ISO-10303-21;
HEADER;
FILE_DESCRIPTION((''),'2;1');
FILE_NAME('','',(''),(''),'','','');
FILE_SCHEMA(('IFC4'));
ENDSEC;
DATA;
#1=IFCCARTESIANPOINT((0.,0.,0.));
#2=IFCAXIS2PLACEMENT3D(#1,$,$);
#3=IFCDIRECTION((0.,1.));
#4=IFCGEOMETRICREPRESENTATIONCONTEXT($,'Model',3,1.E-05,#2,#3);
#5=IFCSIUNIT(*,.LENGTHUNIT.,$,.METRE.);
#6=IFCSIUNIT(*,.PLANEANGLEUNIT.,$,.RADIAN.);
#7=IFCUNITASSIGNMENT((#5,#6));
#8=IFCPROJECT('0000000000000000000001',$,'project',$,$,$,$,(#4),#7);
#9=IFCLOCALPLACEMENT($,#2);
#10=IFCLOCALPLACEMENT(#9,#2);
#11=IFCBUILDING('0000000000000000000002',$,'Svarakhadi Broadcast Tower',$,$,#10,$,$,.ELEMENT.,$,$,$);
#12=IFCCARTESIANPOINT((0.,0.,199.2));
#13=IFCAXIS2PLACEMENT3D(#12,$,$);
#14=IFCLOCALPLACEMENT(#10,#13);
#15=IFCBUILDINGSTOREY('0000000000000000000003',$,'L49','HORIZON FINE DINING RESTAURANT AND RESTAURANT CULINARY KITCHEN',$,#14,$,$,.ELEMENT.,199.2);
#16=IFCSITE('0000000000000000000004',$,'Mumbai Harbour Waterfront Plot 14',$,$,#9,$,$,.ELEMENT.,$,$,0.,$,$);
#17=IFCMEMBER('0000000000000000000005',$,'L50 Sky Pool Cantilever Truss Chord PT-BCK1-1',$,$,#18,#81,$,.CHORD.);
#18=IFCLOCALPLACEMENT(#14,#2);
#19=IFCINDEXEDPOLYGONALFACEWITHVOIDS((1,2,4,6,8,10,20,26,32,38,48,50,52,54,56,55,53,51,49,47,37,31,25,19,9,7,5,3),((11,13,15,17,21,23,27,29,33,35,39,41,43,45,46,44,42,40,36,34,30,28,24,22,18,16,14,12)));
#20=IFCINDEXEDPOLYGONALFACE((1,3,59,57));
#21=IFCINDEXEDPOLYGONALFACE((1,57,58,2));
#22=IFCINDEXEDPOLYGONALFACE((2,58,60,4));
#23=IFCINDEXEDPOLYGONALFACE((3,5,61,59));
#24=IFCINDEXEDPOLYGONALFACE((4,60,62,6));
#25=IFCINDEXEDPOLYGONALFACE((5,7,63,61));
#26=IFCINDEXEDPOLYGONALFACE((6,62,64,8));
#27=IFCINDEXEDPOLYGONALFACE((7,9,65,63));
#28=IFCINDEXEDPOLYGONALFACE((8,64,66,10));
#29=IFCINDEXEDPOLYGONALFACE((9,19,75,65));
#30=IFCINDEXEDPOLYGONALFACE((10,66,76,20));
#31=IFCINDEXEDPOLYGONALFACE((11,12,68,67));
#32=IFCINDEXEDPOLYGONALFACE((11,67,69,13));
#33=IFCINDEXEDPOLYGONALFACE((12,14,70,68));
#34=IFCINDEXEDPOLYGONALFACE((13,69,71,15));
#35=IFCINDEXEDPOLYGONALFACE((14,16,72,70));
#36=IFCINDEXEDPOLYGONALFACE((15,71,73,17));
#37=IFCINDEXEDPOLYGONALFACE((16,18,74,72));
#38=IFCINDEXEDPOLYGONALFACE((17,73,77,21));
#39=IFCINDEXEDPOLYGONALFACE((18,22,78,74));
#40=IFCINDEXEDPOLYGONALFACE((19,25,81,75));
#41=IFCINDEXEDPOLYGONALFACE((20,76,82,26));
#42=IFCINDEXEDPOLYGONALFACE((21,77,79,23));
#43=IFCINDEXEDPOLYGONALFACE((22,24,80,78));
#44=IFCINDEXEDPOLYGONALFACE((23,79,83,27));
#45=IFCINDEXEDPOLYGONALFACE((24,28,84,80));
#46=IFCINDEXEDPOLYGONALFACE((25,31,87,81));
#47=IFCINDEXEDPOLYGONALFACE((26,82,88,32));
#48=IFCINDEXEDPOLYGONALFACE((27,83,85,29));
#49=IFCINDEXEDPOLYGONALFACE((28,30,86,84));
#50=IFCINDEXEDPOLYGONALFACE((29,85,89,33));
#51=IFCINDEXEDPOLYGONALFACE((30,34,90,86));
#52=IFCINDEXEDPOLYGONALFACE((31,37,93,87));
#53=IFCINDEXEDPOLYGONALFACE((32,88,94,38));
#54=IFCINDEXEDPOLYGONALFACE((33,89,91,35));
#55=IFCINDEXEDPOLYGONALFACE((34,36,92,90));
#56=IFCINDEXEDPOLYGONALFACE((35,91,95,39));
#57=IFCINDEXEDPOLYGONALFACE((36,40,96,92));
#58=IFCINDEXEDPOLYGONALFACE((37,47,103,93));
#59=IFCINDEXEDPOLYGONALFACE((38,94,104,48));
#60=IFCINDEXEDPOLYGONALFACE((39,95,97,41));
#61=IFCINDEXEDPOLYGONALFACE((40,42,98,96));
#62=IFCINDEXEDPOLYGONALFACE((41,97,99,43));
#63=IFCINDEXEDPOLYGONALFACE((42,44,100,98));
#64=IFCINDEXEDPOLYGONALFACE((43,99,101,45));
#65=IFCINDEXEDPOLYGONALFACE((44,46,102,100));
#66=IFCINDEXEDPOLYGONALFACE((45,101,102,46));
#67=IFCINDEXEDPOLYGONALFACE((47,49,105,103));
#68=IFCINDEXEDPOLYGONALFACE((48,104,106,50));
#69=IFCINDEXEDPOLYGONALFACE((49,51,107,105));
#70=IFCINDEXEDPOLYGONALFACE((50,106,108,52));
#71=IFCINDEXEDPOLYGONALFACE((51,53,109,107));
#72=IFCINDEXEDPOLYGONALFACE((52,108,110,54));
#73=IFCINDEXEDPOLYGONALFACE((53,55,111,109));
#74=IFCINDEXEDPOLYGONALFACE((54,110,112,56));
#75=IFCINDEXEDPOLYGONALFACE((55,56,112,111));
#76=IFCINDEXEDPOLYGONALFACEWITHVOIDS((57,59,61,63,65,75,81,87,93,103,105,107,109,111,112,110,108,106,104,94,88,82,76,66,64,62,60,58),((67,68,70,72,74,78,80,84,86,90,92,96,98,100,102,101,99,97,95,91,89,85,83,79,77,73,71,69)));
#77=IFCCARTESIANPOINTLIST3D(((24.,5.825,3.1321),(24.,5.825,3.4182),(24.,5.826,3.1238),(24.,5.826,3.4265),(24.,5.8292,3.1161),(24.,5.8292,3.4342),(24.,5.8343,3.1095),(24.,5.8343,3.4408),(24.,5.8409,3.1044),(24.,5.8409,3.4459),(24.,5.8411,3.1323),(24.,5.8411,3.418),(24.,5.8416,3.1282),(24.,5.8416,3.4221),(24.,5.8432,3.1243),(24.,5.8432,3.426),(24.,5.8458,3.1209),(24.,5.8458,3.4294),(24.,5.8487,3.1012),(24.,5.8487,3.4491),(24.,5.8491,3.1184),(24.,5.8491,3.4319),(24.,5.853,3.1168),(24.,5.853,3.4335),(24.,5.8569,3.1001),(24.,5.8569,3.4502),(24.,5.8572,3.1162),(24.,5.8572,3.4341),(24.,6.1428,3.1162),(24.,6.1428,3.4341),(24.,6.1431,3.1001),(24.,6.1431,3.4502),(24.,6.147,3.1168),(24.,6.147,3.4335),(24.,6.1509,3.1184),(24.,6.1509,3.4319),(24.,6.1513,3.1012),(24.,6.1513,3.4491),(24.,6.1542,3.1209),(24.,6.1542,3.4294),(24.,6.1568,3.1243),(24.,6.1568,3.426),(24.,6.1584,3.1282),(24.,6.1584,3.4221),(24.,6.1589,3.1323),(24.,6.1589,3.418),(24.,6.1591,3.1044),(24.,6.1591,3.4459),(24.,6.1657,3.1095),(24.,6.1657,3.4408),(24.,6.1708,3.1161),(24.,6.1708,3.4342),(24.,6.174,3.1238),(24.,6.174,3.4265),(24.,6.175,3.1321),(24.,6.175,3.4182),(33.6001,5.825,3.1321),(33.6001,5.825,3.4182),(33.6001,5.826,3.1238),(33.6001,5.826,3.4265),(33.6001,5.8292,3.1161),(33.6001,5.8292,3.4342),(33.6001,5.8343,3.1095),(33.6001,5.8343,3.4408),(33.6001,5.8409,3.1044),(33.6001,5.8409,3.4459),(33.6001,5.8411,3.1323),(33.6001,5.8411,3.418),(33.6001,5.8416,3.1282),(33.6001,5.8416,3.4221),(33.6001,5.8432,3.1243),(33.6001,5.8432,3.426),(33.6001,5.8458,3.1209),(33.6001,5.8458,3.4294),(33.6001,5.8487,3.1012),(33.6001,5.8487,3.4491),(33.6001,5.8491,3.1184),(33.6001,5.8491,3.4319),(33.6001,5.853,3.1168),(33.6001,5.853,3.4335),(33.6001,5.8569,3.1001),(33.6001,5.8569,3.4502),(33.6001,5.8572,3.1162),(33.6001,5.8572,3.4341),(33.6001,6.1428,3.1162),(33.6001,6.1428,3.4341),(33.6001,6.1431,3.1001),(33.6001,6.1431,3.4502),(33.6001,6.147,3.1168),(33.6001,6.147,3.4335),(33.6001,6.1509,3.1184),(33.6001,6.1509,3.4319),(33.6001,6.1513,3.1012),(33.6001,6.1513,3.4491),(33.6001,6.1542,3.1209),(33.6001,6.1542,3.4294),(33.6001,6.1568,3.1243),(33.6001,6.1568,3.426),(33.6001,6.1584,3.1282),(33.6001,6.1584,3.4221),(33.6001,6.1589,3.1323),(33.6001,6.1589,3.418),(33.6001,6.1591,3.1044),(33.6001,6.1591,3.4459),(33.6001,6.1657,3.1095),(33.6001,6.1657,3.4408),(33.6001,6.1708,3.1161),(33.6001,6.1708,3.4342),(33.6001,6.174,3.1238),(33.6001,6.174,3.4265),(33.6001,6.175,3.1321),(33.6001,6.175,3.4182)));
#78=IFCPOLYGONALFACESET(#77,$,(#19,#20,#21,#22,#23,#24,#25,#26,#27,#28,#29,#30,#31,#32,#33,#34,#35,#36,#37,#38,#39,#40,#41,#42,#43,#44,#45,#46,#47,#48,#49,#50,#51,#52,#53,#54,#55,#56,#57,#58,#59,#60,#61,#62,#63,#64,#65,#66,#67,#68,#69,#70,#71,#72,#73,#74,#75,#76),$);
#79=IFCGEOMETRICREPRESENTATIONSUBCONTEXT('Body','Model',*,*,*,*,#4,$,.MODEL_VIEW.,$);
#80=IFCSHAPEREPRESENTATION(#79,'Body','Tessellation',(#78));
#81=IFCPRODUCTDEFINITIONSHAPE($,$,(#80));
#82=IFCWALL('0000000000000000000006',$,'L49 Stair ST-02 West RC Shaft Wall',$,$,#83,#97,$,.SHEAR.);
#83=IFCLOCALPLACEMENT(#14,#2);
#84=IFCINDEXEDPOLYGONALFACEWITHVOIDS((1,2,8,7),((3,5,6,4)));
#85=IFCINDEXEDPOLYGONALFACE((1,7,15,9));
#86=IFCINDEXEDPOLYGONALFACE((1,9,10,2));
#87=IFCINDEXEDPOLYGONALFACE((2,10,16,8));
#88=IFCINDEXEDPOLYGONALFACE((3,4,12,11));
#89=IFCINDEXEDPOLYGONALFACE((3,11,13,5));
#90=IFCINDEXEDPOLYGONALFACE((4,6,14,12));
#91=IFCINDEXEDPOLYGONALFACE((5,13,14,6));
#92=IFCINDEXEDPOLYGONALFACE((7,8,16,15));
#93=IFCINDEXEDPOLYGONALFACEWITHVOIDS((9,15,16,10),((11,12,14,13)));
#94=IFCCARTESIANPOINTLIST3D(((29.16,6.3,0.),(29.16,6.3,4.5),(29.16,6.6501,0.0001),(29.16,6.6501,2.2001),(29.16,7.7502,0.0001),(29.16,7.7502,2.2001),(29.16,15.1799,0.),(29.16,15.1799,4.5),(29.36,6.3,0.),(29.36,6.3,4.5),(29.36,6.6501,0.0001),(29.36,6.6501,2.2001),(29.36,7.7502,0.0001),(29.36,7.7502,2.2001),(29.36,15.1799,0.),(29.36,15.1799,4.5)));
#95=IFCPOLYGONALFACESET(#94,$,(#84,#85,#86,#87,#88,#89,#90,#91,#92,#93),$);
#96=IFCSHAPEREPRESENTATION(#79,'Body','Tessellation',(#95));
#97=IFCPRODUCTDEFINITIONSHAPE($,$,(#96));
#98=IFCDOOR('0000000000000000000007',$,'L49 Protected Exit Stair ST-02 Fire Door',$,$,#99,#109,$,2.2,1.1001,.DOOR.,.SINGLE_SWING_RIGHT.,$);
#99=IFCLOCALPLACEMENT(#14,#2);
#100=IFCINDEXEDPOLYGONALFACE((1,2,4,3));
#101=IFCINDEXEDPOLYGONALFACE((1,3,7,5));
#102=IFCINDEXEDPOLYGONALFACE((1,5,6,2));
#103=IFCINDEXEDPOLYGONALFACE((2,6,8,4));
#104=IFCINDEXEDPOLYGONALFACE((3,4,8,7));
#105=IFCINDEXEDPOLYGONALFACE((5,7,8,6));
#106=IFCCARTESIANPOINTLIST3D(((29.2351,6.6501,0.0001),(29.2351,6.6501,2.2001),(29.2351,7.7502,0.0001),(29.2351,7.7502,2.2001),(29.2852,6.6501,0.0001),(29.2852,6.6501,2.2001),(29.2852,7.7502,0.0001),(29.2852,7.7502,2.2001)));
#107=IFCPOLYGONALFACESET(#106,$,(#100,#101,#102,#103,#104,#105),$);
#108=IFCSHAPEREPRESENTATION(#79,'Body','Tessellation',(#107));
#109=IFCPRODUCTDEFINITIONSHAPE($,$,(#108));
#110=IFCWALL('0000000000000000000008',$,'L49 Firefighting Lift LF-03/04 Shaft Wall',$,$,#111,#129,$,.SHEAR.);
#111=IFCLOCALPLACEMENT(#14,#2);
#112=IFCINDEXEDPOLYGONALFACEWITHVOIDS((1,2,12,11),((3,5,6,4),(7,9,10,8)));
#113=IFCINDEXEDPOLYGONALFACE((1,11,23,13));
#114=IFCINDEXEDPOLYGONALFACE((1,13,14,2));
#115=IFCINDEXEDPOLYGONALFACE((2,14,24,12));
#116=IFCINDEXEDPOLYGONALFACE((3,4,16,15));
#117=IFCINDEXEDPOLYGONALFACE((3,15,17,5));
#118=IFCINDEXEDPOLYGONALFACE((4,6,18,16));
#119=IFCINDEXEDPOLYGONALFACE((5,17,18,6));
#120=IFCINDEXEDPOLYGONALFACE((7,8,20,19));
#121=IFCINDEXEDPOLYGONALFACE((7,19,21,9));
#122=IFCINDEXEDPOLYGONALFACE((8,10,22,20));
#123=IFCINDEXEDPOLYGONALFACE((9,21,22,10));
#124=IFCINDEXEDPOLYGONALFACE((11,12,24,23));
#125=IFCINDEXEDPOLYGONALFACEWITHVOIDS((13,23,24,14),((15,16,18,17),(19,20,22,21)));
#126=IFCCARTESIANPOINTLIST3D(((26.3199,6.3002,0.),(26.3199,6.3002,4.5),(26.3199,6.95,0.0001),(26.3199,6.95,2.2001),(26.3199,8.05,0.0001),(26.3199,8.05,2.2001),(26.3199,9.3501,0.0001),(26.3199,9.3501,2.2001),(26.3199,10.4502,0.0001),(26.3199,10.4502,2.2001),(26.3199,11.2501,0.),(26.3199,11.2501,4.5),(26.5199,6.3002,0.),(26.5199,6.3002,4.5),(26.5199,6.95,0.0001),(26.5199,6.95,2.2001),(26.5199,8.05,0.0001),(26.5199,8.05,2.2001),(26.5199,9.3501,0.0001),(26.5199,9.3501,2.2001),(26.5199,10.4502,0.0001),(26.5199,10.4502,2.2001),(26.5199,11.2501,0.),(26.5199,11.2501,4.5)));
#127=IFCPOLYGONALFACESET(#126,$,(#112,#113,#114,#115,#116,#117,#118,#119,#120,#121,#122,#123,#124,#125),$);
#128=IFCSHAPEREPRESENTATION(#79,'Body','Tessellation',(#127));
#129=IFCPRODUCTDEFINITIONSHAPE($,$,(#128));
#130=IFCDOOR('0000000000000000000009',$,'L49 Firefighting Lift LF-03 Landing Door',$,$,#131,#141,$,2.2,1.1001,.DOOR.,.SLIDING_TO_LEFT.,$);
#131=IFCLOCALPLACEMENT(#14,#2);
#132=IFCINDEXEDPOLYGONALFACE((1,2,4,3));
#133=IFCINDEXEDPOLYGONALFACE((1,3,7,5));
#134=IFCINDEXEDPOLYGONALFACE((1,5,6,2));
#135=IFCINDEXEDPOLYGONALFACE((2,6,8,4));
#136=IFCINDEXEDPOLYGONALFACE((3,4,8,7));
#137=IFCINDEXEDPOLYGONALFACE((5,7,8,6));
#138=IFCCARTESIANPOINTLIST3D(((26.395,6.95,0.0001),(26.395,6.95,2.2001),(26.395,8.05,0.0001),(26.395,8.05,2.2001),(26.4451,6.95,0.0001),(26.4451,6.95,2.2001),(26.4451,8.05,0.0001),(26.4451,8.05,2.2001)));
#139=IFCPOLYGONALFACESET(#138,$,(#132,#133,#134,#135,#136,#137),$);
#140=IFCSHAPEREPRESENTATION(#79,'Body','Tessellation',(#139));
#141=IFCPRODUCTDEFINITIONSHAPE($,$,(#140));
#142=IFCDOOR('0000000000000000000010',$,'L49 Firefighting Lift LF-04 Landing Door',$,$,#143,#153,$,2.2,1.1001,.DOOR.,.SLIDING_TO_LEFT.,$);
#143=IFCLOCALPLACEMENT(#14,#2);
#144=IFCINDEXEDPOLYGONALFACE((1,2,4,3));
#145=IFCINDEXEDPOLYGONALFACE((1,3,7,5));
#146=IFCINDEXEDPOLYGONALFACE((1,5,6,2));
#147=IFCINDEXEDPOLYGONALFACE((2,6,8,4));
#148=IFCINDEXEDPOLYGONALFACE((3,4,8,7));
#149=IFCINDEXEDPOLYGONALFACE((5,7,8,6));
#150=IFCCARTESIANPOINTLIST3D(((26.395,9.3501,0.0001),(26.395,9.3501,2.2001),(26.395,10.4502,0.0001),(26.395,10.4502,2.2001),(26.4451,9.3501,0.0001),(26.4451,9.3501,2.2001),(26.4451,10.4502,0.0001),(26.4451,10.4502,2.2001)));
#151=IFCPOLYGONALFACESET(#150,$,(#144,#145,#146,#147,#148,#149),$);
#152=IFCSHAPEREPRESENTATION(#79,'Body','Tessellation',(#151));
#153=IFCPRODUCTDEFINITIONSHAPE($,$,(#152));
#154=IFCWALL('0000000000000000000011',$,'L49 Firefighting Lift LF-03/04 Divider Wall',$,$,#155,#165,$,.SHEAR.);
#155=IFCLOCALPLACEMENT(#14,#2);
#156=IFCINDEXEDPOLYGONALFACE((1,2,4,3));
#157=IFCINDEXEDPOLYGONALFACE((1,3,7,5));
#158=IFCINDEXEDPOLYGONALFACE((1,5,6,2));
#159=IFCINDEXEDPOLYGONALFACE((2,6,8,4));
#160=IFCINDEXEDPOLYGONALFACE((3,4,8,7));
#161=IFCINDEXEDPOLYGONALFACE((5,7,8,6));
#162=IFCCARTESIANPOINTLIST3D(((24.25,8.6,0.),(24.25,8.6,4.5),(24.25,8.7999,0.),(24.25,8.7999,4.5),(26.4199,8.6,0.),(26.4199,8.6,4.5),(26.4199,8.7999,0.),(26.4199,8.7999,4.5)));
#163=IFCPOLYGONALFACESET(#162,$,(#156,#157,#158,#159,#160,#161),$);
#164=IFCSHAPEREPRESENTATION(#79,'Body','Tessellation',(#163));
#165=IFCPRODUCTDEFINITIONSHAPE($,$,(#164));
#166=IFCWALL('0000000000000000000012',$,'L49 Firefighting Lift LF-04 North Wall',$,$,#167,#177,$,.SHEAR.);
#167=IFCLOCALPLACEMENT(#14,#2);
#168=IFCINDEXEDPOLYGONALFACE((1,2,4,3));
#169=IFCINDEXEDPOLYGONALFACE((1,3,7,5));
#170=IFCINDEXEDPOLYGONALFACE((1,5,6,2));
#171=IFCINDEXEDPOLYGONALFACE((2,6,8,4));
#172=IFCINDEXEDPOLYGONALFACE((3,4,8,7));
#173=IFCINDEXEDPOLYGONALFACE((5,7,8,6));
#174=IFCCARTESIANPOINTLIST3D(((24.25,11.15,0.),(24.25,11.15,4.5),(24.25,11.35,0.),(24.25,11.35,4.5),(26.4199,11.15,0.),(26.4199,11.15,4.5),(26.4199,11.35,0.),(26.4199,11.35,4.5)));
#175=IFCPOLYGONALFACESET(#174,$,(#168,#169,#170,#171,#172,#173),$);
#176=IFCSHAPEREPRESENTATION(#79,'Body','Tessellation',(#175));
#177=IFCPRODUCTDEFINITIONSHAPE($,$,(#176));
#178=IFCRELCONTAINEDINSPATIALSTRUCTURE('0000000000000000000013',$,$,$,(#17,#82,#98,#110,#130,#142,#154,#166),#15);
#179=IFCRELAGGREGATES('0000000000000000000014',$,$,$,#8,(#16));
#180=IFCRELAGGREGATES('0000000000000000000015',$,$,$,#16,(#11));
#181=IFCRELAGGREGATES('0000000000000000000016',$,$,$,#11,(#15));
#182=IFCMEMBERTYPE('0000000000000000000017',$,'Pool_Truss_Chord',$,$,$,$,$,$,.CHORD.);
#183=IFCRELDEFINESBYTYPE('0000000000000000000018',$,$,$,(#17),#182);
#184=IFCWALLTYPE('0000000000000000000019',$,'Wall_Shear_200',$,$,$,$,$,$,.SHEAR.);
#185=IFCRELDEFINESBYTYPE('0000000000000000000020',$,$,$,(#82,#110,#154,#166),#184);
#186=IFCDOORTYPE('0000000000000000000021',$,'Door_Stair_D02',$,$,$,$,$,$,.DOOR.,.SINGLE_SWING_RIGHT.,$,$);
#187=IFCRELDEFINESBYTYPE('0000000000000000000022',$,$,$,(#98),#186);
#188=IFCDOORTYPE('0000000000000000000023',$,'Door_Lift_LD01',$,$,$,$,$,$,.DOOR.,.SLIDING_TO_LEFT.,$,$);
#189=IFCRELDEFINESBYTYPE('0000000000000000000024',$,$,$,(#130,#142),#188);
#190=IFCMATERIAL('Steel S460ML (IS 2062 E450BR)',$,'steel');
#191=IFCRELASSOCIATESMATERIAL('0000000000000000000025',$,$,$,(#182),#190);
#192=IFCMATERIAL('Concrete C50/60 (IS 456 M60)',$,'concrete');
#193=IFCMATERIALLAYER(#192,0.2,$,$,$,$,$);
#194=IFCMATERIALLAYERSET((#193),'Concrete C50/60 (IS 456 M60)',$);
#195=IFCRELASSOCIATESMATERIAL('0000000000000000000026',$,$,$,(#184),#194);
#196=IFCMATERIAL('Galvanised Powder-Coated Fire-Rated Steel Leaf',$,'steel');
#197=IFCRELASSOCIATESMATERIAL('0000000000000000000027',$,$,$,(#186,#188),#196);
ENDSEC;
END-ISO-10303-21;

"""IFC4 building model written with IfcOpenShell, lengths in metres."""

from ifc_helpers import new_model, si_unit, direction, frame, frame_2d, origin, origin_2d, place, context, subcontext, project, spatial, rectangle, hollow_rectangle, extrude, material, layer, layer_set, material_profile, profile_set, type_object, element, fill, save


model = new_model("IFC4")

# Units and contexts
model_context = context("Model", 3, precision=1e-05, world=origin(), true_north=direction((0.0, 1.0)))
body_context = subcontext(model_context, "Body", "Model", "MODEL_VIEW")
ifc_project = project(units=[si_unit("LENGTHUNIT", "METRE"), si_unit("PLANEANGLEUNIT", "RADIAN")], contexts=[model_context])

# Site, building, storey
site_placement = place(None, origin())
site = spatial("IfcSite", under=ifc_project, at=site_placement, Name="Mumbai Harbour Waterfront Plot 14", CompositionType="ELEMENT", RefElevation=0.0)
building_placement = place(site_placement, origin())
building = spatial("IfcBuilding", under=site, at=building_placement, Name="Svarakhadi Broadcast Tower", CompositionType="ELEMENT")
storey_placement = place(building_placement, frame((0.0, 0.0, 199.2)))
storey = spatial("IfcBuildingStorey", under=building, at=storey_placement, Name="L49", Description="HORIZON FINE DINING RESTAURANT AND RESTAURANT CULINARY KITCHEN", CompositionType="ELEMENT", Elevation=199.2)

# Shared definitions
ifc_material_1 = material(Name="Concrete C50/60 (IS 456 M60)", Category="concrete")

# Shared definitions
ifc_material_2 = material(Name="Steel S460ML (IS 2062 E450BR)", Category="steel")

# Member
ifc_material_profile_1 = material_profile(ifc_material_2, hollow_rectangle(XDim=0.3501, YDim=0.3501, WallThickness=0.0161, InnerFilletRadius=0.0161, OuterFilletRadius=0.032, at=origin_2d()), Name="SHS 350x350x16")
ifc_profile_set_1 = profile_set([ifc_material_profile_1], Name="Steel S460ML (IS 2062 E450BR)")
member_type = type_object("IfcMemberType", Name="Pool_Truss_Chord", PredefinedType="CHORD", material=ifc_profile_set_1)
member_placement = place(storey_placement, frame((24.0, 6.0, 3.2751), z_axis=(1.0, 0.0, 0.0), x_axis=(0.0, 1.0, 0.0)))
element("IfcMember", 1, at=member_placement, inside=storey, type_object=member_type, Name="L50 Sky Pool Cantilever Truss Chord PT-BCK1-1", PredefinedType="CHORD", context=body_context, shape_type="SweptSolid", body=[
    extrude(hollow_rectangle(XDim=0.3501, YDim=0.3501, WallThickness=0.0161, InnerFilletRadius=0.0161, OuterFilletRadius=0.032, at=origin_2d()), origin(), (0.0, 0.0, 1.0), 9.6001),
])

# Wall, opening, door
ifc_layer_1 = layer(ifc_material_1, 0.2)
ifc_layer_set_1 = layer_set([ifc_layer_1], Name="Concrete C50/60 (IS 456 M60)")
wall_type_1 = type_object("IfcWallType", Name="Wall_Shear_200", PredefinedType="SHEAR", material=ifc_layer_set_1)
wall_1_placement = place(storey_placement, frame((29.26, 6.3, 0.0), z_axis=(0.0, 0.0, 1.0), x_axis=(0.0, 1.0, 0.0)))
wall_1 = element("IfcWall", 2, at=wall_1_placement, inside=storey, type_object=wall_type_1, Name="L49 Stair ST-02 West RC Shaft Wall", PredefinedType="SHEAR", context=body_context, shape_type="SweptSolid", body=[
    extrude(rectangle(XDim=8.8799, YDim=0.2, at=frame_2d((4.4399, 0.0))), origin(), (0.0, 0.0, 1.0), 4.5),
])
opening_1_placement = place(wall_1_placement, frame((0.3501, 0.0, 0.0)))
opening_1 = element("IfcOpeningElement", 3, at=opening_1_placement, cuts=wall_1, PredefinedType="OPENING", context=body_context, shape_type="SweptSolid", body=[
    extrude(rectangle(XDim=1.1001, YDim=2.2, at=frame_2d((0.55, 1.1001))), frame((0.0, 0.1099, 0.0), z_axis=(0.0, -1.0, 0.0), x_axis=(1.0, 0.0, 0.0)), (0.0, 0.0, 1.0), 0.22),
])
ifc_material_3 = material(Name="Galvanised Powder-Coated Fire-Rated Steel Leaf", Category="steel")
door_type_1 = type_object("IfcDoorType", Name="Door_Stair_D02", OperationType="SINGLE_SWING_RIGHT", PredefinedType="DOOR", material=ifc_material_3)
door_1_placement = place(opening_1_placement, origin())
door_1 = element("IfcDoor", 4, at=door_1_placement, inside=storey, type_object=door_type_1, Name="L49 Protected Exit Stair ST-02 Fire Door", OperationType="SINGLE_SWING_RIGHT", OverallHeight=2.2, OverallWidth=1.1001, PredefinedType="DOOR", context=body_context, shape_type="SweptSolid", body=[
    extrude(rectangle(XDim=1.1001, YDim=2.2, at=frame_2d((0.55, 1.1001))), frame((0.0, 0.0249, 0.0), z_axis=(0.0, -1.0, 0.0), x_axis=(1.0, 0.0, 0.0)), (0.0, 0.0, 1.0), 0.05),
])
fill(opening_1, door_1)

# Wall, openings, doors
wall_2_placement = place(storey_placement, frame((26.4199, 6.3, 0.0), z_axis=(0.0, 0.0, 1.0), x_axis=(0.0, 1.0, 0.0)))
wall_2 = element("IfcWall", 5, at=wall_2_placement, inside=storey, type_object=wall_type_1, Name="L49 Firefighting Lift LF-03/04 Shaft Wall", PredefinedType="SHEAR", context=body_context, shape_type="SweptSolid", body=[
    extrude(rectangle(XDim=4.95, YDim=0.2, at=frame_2d((2.4751, 0.0))), origin(), (0.0, 0.0, 1.0), 4.5),
])
opening_2_placement = place(wall_2_placement, frame((0.6499, 0.0, 0.0)))
opening_2 = element("IfcOpeningElement", 6, at=opening_2_placement, cuts=wall_2, PredefinedType="OPENING", context=body_context, shape_type="SweptSolid", body=[
    extrude(rectangle(XDim=1.1001, YDim=2.2, at=frame_2d((0.55, 1.1001))), frame((0.0, 0.1099, 0.0), z_axis=(0.0, -1.0, 0.0), x_axis=(1.0, 0.0, 0.0)), (0.0, 0.0, 1.0), 0.22),
])
opening_3_placement = place(wall_2_placement, frame((3.05, 0.0, 0.0)))
opening_3 = element("IfcOpeningElement", 7, at=opening_3_placement, cuts=wall_2, PredefinedType="OPENING", context=body_context, shape_type="SweptSolid", body=[
    extrude(rectangle(XDim=1.1001, YDim=2.2, at=frame_2d((0.55, 1.1001))), frame((0.0, 0.1099, 0.0), z_axis=(0.0, -1.0, 0.0), x_axis=(1.0, 0.0, 0.0)), (0.0, 0.0, 1.0), 0.22),
])
door_type_2 = type_object("IfcDoorType", Name="Door_Lift_LD01", OperationType="SLIDING_TO_LEFT", PredefinedType="DOOR", material=ifc_material_3)
door_2_placement = place(opening_2_placement, origin())
door_2 = element("IfcDoor", 8, at=door_2_placement, inside=storey, type_object=door_type_2, Name="L49 Firefighting Lift LF-03 Landing Door", OperationType="SLIDING_TO_LEFT", OverallHeight=2.2, OverallWidth=1.1001, PredefinedType="DOOR", context=body_context, shape_type="SweptSolid", body=[
    extrude(rectangle(XDim=1.1001, YDim=2.2, at=frame_2d((0.55, 1.1001))), frame((0.0, 0.0249, 0.0), z_axis=(0.0, -1.0, 0.0), x_axis=(1.0, 0.0, 0.0)), (0.0, 0.0, 1.0), 0.05),
])
fill(opening_2, door_2)
door_3_placement = place(opening_3_placement, origin())
door_3 = element("IfcDoor", 9, at=door_3_placement, inside=storey, type_object=door_type_2, Name="L49 Firefighting Lift LF-04 Landing Door", OperationType="SLIDING_TO_LEFT", OverallHeight=2.2, OverallWidth=1.1001, PredefinedType="DOOR", context=body_context, shape_type="SweptSolid", body=[
    extrude(rectangle(XDim=1.1001, YDim=2.2, at=frame_2d((0.55, 1.1001))), frame((0.0, 0.0249, 0.0), z_axis=(0.0, -1.0, 0.0), x_axis=(1.0, 0.0, 0.0)), (0.0, 0.0, 1.0), 0.05),
])
fill(opening_3, door_3)

# Walls
for number, where, z_axis, x_axis, name in (
    (10, (24.25, 8.7, 0.0), (0.0, 0.0, 1.0), (1.0, 0.0, 0.0), "L49 Firefighting Lift LF-03/04 Divider Wall"),
    (11, (24.25, 11.25, 0.0), (0.0, 0.0, 1.0), (1.0, 0.0, 0.0), "L49 Firefighting Lift LF-04 North Wall"),
):
    element("IfcWall", number, at=place(storey_placement, frame(where, z_axis=z_axis, x_axis=x_axis)), inside=storey, type_object=wall_type_1, Name=name, PredefinedType="SHEAR", context=body_context, shape_type="SweptSolid", body=[
        extrude(rectangle(XDim=2.1699, YDim=0.2, at=frame_2d((1.085, 0.0))), origin(), (0.0, 0.0, 1.0), 4.5),
    ])

save(model, "model.ifc")
